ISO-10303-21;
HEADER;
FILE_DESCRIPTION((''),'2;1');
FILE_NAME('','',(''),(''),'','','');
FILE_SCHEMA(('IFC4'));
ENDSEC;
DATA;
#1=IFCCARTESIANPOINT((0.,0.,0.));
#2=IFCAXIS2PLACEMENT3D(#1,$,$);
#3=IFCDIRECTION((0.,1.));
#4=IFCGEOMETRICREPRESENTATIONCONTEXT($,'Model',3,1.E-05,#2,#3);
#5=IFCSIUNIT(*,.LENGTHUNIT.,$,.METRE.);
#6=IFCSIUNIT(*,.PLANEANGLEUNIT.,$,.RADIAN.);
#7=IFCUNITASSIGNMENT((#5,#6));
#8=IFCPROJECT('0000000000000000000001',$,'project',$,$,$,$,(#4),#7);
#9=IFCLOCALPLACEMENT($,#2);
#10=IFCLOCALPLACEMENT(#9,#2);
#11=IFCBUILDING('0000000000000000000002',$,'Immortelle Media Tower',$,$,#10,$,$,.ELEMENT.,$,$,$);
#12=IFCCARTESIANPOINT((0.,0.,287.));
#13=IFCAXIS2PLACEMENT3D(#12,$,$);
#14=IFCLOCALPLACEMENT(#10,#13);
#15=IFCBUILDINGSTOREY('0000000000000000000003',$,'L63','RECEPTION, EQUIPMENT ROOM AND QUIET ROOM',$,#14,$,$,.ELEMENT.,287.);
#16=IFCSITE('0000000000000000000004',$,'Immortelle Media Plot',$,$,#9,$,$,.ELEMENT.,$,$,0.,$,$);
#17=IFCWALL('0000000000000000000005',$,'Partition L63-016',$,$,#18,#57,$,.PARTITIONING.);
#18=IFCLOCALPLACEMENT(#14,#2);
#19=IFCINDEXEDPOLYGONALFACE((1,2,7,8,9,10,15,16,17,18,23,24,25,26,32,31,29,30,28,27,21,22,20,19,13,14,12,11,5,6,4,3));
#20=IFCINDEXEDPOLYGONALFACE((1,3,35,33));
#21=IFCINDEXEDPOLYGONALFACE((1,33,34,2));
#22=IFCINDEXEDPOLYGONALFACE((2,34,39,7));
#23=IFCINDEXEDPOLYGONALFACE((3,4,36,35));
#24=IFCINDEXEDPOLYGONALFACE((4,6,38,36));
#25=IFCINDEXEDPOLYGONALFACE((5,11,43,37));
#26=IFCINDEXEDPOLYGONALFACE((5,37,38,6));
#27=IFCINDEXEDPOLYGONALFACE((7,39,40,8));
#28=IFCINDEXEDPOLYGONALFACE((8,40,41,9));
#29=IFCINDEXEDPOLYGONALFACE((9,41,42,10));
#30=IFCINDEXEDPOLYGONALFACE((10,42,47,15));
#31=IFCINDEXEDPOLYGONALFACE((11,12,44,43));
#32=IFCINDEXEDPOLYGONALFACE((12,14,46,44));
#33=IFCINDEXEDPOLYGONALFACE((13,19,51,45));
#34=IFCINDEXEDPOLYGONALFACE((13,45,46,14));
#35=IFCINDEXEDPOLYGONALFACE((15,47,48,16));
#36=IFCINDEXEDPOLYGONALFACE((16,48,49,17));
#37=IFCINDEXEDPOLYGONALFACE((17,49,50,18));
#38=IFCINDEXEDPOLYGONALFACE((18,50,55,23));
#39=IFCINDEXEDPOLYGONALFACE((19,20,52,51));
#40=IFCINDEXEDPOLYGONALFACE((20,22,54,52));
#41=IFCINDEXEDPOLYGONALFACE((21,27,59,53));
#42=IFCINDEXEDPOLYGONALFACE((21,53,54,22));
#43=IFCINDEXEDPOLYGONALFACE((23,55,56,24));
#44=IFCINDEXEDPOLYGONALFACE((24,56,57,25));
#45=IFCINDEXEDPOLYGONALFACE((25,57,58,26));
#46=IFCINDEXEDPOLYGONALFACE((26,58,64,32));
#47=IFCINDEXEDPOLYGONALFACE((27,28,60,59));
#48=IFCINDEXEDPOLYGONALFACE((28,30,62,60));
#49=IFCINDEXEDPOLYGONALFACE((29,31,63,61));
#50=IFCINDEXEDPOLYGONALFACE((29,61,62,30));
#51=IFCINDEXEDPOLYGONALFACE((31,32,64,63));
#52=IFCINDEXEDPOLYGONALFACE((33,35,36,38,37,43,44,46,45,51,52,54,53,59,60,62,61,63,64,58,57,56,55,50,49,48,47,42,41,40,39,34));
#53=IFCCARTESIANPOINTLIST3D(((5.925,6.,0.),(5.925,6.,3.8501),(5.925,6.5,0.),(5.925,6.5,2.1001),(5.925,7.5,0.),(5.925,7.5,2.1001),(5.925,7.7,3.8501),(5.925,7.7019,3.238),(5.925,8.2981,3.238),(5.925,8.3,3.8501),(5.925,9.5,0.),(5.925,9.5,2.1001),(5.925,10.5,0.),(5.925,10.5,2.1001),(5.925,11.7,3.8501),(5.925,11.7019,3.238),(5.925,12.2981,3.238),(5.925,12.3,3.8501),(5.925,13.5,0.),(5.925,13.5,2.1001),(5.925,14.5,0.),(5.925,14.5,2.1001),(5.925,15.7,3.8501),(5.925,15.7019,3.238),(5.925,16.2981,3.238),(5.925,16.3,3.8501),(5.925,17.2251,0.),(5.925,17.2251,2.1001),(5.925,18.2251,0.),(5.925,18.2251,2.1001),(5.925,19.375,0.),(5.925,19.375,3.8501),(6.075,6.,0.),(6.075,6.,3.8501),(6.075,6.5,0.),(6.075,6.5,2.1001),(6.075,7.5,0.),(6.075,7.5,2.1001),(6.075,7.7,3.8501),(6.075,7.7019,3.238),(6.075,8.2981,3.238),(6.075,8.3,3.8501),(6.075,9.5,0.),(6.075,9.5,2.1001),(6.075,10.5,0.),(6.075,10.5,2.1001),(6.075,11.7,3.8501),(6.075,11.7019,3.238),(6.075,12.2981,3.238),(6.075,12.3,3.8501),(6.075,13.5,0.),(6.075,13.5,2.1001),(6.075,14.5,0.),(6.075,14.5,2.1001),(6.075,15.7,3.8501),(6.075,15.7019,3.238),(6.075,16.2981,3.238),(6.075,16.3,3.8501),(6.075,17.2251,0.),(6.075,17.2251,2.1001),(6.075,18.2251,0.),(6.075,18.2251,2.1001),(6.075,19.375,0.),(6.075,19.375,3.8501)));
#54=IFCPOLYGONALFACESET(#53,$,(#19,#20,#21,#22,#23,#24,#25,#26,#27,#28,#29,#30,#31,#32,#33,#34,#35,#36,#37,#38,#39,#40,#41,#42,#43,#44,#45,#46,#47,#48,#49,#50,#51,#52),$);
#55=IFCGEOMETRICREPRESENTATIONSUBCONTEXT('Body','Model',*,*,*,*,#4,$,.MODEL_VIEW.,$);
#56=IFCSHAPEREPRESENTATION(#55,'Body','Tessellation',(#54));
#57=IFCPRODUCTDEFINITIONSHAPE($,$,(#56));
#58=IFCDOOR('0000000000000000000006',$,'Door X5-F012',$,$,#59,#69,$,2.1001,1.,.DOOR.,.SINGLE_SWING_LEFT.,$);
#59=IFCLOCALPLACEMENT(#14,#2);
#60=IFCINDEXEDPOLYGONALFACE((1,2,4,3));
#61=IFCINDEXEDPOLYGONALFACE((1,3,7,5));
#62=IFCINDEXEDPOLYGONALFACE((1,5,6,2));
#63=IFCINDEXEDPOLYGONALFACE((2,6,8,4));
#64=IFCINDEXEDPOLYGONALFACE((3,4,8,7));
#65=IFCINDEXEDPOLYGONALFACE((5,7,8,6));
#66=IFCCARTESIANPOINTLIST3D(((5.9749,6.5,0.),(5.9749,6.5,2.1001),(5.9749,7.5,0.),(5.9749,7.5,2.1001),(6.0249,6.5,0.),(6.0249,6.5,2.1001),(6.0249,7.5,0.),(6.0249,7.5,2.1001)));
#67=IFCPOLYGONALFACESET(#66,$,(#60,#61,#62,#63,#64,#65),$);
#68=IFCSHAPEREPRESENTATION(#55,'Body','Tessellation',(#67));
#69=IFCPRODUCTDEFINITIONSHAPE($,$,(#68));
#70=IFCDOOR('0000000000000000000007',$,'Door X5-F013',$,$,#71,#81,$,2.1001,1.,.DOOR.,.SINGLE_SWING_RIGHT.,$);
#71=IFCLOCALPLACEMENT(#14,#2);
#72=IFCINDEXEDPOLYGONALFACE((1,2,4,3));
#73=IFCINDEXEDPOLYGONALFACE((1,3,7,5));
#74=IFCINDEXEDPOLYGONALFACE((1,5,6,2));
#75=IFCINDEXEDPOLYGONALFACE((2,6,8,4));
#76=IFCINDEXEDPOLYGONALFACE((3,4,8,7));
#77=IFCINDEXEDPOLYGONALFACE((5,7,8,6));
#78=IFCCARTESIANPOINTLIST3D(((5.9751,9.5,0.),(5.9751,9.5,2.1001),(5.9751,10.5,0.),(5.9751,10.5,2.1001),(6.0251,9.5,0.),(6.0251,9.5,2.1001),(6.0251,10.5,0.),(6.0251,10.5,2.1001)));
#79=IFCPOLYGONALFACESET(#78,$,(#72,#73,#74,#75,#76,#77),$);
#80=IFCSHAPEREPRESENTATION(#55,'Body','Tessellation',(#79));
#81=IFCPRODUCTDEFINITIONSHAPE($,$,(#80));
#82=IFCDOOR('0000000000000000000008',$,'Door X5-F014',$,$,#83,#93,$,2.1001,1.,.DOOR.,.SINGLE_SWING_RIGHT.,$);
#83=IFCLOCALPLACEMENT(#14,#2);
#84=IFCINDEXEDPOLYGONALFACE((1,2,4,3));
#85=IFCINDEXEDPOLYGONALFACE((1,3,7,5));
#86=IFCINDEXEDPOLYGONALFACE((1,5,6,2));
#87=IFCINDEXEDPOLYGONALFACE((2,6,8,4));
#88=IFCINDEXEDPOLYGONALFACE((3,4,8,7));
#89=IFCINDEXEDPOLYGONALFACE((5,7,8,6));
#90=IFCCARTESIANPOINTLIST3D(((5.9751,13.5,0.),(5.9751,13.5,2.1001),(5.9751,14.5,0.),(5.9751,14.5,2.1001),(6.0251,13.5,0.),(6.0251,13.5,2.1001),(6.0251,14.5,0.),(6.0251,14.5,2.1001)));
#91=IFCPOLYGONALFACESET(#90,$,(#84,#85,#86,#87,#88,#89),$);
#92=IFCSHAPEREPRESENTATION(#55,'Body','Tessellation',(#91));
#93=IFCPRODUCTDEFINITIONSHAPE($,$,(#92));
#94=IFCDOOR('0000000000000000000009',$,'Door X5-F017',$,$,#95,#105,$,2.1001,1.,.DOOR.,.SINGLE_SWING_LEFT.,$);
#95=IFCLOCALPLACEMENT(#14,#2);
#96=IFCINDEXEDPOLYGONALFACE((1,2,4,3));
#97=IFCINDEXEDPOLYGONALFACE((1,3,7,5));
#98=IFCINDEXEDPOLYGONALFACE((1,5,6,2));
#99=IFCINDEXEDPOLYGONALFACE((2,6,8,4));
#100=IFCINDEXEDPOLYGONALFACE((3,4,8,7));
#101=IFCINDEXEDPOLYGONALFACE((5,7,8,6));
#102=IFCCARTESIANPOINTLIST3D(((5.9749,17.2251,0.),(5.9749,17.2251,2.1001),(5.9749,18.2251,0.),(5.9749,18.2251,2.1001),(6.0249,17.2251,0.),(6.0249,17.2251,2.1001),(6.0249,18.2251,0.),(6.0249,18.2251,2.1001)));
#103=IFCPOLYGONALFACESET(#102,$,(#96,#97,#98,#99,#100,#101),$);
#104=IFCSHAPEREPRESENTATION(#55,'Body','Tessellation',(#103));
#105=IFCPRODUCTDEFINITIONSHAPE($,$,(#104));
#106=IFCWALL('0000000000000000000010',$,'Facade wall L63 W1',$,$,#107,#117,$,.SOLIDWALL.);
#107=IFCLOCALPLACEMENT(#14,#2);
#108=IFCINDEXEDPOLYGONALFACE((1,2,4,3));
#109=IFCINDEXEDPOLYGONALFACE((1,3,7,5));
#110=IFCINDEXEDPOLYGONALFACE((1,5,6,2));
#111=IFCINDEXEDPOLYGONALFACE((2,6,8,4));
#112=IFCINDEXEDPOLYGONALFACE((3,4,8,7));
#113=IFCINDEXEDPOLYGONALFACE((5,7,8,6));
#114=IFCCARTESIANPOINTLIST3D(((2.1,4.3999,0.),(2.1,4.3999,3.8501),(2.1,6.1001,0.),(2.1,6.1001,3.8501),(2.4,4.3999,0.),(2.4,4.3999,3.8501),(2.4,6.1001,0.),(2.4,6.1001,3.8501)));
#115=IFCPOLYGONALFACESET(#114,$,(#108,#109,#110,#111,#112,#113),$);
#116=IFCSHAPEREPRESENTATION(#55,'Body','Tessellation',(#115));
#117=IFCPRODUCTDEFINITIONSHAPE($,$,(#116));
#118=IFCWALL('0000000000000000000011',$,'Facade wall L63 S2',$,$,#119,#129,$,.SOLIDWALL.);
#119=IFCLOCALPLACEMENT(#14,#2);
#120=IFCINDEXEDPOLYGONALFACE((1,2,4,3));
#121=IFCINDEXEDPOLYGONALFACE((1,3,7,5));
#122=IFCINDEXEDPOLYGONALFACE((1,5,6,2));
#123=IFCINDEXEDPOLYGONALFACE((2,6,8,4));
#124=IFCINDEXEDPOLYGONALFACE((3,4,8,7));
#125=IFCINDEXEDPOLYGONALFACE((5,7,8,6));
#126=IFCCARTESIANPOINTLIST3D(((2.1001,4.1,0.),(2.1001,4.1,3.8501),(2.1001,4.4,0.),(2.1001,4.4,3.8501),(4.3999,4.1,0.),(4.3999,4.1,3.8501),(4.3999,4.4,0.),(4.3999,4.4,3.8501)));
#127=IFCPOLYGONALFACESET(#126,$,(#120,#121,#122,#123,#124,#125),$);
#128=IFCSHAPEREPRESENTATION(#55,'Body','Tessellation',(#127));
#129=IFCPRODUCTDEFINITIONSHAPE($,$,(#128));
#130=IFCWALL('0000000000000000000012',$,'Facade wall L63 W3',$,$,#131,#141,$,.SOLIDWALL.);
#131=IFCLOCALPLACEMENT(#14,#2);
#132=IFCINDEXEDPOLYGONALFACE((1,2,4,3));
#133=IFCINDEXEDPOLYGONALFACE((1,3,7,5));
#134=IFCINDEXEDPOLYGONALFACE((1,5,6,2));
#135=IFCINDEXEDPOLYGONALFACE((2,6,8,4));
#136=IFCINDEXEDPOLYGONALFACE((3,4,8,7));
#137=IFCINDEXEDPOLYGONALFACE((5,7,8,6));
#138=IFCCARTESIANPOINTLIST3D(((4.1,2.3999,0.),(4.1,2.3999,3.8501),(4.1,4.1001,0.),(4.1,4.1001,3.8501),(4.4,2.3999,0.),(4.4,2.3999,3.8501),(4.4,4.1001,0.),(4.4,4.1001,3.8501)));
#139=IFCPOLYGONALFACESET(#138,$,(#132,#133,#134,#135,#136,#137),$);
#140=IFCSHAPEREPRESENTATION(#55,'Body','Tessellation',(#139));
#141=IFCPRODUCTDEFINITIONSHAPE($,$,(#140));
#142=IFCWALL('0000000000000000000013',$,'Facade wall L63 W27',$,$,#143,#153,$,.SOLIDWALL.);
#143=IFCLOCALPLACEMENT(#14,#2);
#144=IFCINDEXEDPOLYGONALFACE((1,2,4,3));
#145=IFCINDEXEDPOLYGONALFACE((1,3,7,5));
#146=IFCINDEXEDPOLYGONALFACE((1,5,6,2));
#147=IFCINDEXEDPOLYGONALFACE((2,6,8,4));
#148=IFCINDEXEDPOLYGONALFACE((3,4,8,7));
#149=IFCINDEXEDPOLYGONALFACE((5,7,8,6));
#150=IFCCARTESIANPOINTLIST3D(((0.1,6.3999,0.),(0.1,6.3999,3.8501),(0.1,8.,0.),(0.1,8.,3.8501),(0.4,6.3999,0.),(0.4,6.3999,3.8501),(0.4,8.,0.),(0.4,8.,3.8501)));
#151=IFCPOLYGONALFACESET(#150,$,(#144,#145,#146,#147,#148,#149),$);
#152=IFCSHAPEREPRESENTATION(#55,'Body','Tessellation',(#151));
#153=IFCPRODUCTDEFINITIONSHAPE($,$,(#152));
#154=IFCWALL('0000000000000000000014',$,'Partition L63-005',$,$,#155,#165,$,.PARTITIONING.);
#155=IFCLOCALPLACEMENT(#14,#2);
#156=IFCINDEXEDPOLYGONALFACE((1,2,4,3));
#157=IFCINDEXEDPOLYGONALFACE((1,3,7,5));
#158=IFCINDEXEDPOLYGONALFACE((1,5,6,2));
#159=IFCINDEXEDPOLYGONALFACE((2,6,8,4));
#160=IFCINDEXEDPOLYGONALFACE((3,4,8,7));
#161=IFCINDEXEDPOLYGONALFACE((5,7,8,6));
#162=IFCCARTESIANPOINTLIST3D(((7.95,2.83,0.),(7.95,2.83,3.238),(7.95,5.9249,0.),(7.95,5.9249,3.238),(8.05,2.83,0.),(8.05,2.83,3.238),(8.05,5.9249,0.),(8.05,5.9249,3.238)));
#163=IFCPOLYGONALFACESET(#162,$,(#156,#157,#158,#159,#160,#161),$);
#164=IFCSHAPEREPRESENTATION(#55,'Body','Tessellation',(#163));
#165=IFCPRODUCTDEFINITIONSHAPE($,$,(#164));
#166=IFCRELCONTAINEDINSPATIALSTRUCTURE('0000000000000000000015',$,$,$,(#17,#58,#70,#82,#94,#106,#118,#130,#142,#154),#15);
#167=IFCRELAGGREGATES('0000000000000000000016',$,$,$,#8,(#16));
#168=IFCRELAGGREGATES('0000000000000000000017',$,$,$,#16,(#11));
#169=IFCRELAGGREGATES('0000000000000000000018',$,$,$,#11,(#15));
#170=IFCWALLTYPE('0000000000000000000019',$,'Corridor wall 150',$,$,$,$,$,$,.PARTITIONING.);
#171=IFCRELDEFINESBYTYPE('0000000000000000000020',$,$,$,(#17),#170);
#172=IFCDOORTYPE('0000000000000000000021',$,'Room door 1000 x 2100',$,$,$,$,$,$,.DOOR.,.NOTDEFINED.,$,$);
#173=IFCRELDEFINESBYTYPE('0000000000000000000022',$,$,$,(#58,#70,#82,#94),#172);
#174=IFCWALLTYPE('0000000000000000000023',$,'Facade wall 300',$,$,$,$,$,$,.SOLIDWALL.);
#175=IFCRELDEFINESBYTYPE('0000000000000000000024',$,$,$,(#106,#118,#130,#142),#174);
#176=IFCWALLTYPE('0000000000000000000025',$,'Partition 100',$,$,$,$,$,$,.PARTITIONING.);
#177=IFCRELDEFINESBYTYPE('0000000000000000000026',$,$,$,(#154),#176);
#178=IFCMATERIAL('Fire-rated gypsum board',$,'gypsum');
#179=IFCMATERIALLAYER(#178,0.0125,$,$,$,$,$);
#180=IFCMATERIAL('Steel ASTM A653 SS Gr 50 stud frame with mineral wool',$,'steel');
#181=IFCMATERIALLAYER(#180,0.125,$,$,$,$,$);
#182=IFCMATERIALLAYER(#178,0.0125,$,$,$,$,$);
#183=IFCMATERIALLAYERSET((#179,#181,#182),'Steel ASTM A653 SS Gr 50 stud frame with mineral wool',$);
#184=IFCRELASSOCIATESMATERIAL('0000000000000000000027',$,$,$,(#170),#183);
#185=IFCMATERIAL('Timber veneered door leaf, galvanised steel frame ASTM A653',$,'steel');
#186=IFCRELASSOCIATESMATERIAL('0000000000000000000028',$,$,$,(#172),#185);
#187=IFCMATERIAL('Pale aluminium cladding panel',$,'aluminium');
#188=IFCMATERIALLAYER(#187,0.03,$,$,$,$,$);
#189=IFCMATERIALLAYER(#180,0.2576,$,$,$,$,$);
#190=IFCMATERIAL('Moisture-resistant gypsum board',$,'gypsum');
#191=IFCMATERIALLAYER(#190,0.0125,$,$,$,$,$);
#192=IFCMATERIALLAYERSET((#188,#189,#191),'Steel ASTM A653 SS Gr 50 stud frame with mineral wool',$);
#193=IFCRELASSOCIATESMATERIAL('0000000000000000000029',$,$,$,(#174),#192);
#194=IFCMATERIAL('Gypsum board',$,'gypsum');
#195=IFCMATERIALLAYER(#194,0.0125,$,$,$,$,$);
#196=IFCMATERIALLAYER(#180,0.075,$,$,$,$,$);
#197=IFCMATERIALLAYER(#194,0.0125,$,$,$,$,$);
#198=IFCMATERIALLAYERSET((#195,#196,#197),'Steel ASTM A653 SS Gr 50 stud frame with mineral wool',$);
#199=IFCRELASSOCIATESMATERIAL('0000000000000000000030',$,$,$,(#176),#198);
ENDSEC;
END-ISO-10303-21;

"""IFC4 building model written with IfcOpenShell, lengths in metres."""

from ifc_helpers import new_model, si_unit, direction, frame, frame_2d, origin, place, context, subcontext, project, spatial, polyline, rectangle, outline, extrude, material, layer, layer_set, type_object, element, fill, save


model = new_model("IFC4")

# Units and contexts
model_context = context("Model", 3, precision=1e-05, world=origin(), true_north=direction((0.0, 1.0)))
body_context = subcontext(model_context, "Body", "Model", "MODEL_VIEW")
ifc_project = project(units=[si_unit("LENGTHUNIT", "METRE"), si_unit("PLANEANGLEUNIT", "RADIAN")], contexts=[model_context])

# Site, building, storey
site_placement = place(None, origin())
site = spatial("IfcSite", under=ifc_project, at=site_placement, Name="Immortelle Media Plot", CompositionType="ELEMENT", RefElevation=0.0)
building_placement = place(site_placement, origin())
building = spatial("IfcBuilding", under=site, at=building_placement, Name="Immortelle Media Tower", CompositionType="ELEMENT")
storey_placement = place(building_placement, frame((0.0, 0.0, 287.0)))
storey = spatial("IfcBuildingStorey", under=building, at=storey_placement, Name="L63", Description="RECEPTION, EQUIPMENT ROOM AND QUIET ROOM", CompositionType="ELEMENT", Elevation=287.0)

# Wall, openings, doors
ifc_material_1 = material(Name="Fire-rated gypsum board", Category="gypsum")
ifc_layer_1 = layer(ifc_material_1, 0.0125)
ifc_material_2 = material(Name="Steel ASTM A653 SS Gr 50 stud frame with mineral wool", Category="steel")
ifc_layer_2 = layer(ifc_material_2, 0.125)
ifc_layer_3 = layer(ifc_material_1, 0.0125)
ifc_layer_set_1 = layer_set([ifc_layer_1, ifc_layer_2, ifc_layer_3], Name="Steel ASTM A653 SS Gr 50 stud frame with mineral wool")
wall_type_1 = type_object("IfcWallType", Name="Corridor wall 150", PredefinedType="PARTITIONING", material=ifc_layer_set_1)
ifc_material_3 = material(Name="Timber veneered door leaf, galvanised steel frame ASTM A653", Category="steel")
door_type = type_object("IfcDoorType", Name="Room door 1000 x 2100", OperationType="NOTDEFINED", PredefinedType="DOOR", material=ifc_material_3)
wall_1_placement = place(storey_placement, frame((6.0, 6.0, 0.0), z_axis=(0.0, 0.0, 1.0), x_axis=(0.0, 1.0, 0.0)))
wall_1 = element("IfcWall", 1, at=wall_1_placement, inside=storey, type_object=wall_type_1, Name="Partition L63-016", PredefinedType="PARTITIONING", context=body_context, shape_type="SweptSolid", body=[
    extrude(outline(polyline([(0.0, 0.0), (13.375, 0.0), (13.375, 3.8501), (10.3, 3.8501), (10.2981, 3.238), (9.7019, 3.238), (9.7, 3.8501), (6.3, 3.8501), (6.2981, 3.238), (5.7019, 3.238), (5.7, 3.8501), (2.3, 3.8501), (2.2981, 3.238), (1.7019, 3.238), (1.7, 3.8501), (0.0, 3.8501), (0.0, 0.0)])), frame((0.0, 0.075, 0.0), z_axis=(0.0, -1.0, 0.0), x_axis=(1.0, 0.0, 0.0)), (0.0, 0.0, 1.0), 0.1499),
])
opening_1_placement = place(wall_1_placement, frame((1.5, 0.0, 0.0), z_axis=(0.0, 0.0, 1.0), x_axis=(-1.0, 0.0, 0.0)))
opening_1 = element("IfcOpeningElement", 2, at=opening_1_placement, cuts=wall_1, PredefinedType="OPENING", context=body_context, shape_type="SweptSolid", body=[
    extrude(rectangle(XDim=1.0, YDim=2.1001, at=frame_2d((0.5, 1.05))), frame((0.0, 0.085, 0.0), z_axis=(0.0, -1.0, 0.0), x_axis=(1.0, 0.0, 0.0)), (0.0, 0.0, 1.0), 0.1699),
])
opening_2_placement = place(wall_1_placement, frame((3.5, 0.0, 0.0)))
opening_2 = element("IfcOpeningElement", 3, at=opening_2_placement, cuts=wall_1, PredefinedType="OPENING", context=body_context, shape_type="SweptSolid", body=[
    extrude(rectangle(XDim=1.0, YDim=2.1001, at=frame_2d((0.5, 1.05))), frame((0.0, 0.085, 0.0), z_axis=(0.0, -1.0, 0.0), x_axis=(1.0, 0.0, 0.0)), (0.0, 0.0, 1.0), 0.1699),
])
opening_3_placement = place(wall_1_placement, frame((7.5, 0.0, 0.0)))
opening_3 = element("IfcOpeningElement", 4, at=opening_3_placement, cuts=wall_1, PredefinedType="OPENING", context=body_context, shape_type="SweptSolid", body=[
    extrude(rectangle(XDim=1.0, YDim=2.1001, at=frame_2d((0.5, 1.05))), frame((0.0, 0.085, 0.0), z_axis=(0.0, -1.0, 0.0), x_axis=(1.0, 0.0, 0.0)), (0.0, 0.0, 1.0), 0.1699),
])
opening_4_placement = place(wall_1_placement, frame((12.2251, 0.0, 0.0), z_axis=(0.0, 0.0, 1.0), x_axis=(-1.0, 0.0, 0.0)))
opening_4 = element("IfcOpeningElement", 5, at=opening_4_placement, cuts=wall_1, PredefinedType="OPENING", context=body_context, shape_type="SweptSolid", body=[
    extrude(rectangle(XDim=1.0, YDim=2.1001, at=frame_2d((0.5, 1.05))), frame((0.0, 0.085, 0.0), z_axis=(0.0, -1.0, 0.0), x_axis=(1.0, 0.0, 0.0)), (0.0, 0.0, 1.0), 0.1699),
])
door_1_placement = place(opening_1_placement, origin())
door_1 = element("IfcDoor", 6, at=door_1_placement, inside=storey, type_object=door_type, Name="Door X5-F012", OperationType="SINGLE_SWING_LEFT", OverallHeight=2.1001, OverallWidth=1.0, PredefinedType="DOOR", context=body_context, shape_type="SweptSolid", body=[
    extrude(rectangle(XDim=1.0, YDim=2.1001, at=frame_2d((0.5, 1.05))), frame((0.0, 0.0249, 0.0), z_axis=(0.0, -1.0, 0.0), x_axis=(1.0, 0.0, 0.0)), (0.0, 0.0, 1.0), 0.05),
])
fill(opening_1, door_1)
door_2_placement = place(opening_2_placement, origin())
door_2 = element("IfcDoor", 7, at=door_2_placement, inside=storey, type_object=door_type, Name="Door X5-F013", OperationType="SINGLE_SWING_RIGHT", OverallHeight=2.1001, OverallWidth=1.0, PredefinedType="DOOR", context=body_context, shape_type="SweptSolid", body=[
    extrude(rectangle(XDim=1.0, YDim=2.1001, at=frame_2d((0.5, 1.05))), frame((0.0, 0.0249, 0.0), z_axis=(0.0, -1.0, 0.0), x_axis=(1.0, 0.0, 0.0)), (0.0, 0.0, 1.0), 0.05),
])
fill(opening_2, door_2)
door_3_placement = place(opening_3_placement, origin())
door_3 = element("IfcDoor", 8, at=door_3_placement, inside=storey, type_object=door_type, Name="Door X5-F014", OperationType="SINGLE_SWING_RIGHT", OverallHeight=2.1001, OverallWidth=1.0, PredefinedType="DOOR", context=body_context, shape_type="SweptSolid", body=[
    extrude(rectangle(XDim=1.0, YDim=2.1001, at=frame_2d((0.5, 1.05))), frame((0.0, 0.0249, 0.0), z_axis=(0.0, -1.0, 0.0), x_axis=(1.0, 0.0, 0.0)), (0.0, 0.0, 1.0), 0.05),
])
fill(opening_3, door_3)
door_4_placement = place(opening_4_placement, origin())
door_4 = element("IfcDoor", 9, at=door_4_placement, inside=storey, type_object=door_type, Name="Door X5-F017", OperationType="SINGLE_SWING_LEFT", OverallHeight=2.1001, OverallWidth=1.0, PredefinedType="DOOR", context=body_context, shape_type="SweptSolid", body=[
    extrude(rectangle(XDim=1.0, YDim=2.1001, at=frame_2d((0.5, 1.05))), frame((0.0, 0.0249, 0.0), z_axis=(0.0, -1.0, 0.0), x_axis=(1.0, 0.0, 0.0)), (0.0, 0.0, 1.0), 0.05),
])
fill(opening_4, door_4)

# Walls
ifc_material_4 = material(Name="Pale aluminium cladding panel", Category="aluminium")
ifc_layer_4 = layer(ifc_material_4, 0.03)
ifc_layer_5 = layer(ifc_material_2, 0.2576)
ifc_material_5 = material(Name="Moisture-resistant gypsum board", Category="gypsum")
ifc_layer_6 = layer(ifc_material_5, 0.0125)
ifc_layer_set_2 = layer_set([ifc_layer_4, ifc_layer_5, ifc_layer_6], Name="Steel ASTM A653 SS Gr 50 stud frame with mineral wool")
wall_type_2 = type_object("IfcWallType", Name="Facade wall 300", PredefinedType="SOLIDWALL", material=ifc_layer_set_2)
wall_2_placement = place(storey_placement, frame((2.25, 6.1001, 0.0), z_axis=(0.0, 0.0, 1.0), x_axis=(0.0, -1.0, 0.0)))
element("IfcWall", 10, at=wall_2_placement, inside=storey, type_object=wall_type_2, Name="Facade wall L63 W1", PredefinedType="SOLIDWALL", context=body_context, shape_type="SweptSolid", body=[
    extrude(rectangle(XDim=1.7002, YDim=0.3, at=frame_2d((0.8501, 0.0))), origin(), (0.0, 0.0, 1.0), 3.8501),
])
wall_3_placement = place(storey_placement, frame((2.1001, 4.25, 0.0), z_axis=(0.0, 0.0, 1.0), x_axis=(1.0, 0.0, 0.0)))
element("IfcWall", 11, at=wall_3_placement, inside=storey, type_object=wall_type_2, Name="Facade wall L63 S2", PredefinedType="SOLIDWALL", context=body_context, shape_type="SweptSolid", body=[
    extrude(rectangle(XDim=2.2998, YDim=0.3, at=frame_2d((1.1499, 0.0))), origin(), (0.0, 0.0, 1.0), 3.8501),
])
wall_4_placement = place(storey_placement, frame((4.25, 4.1001, 0.0), z_axis=(0.0, 0.0, 1.0), x_axis=(0.0, -1.0, 0.0)))
element("IfcWall", 12, at=wall_4_placement, inside=storey, type_object=wall_type_2, Name="Facade wall L63 W3", PredefinedType="SOLIDWALL", context=body_context, shape_type="SweptSolid", body=[
    extrude(rectangle(XDim=1.7002, YDim=0.3, at=frame_2d((0.8501, 0.0))), origin(), (0.0, 0.0, 1.0), 3.8501),
])
wall_5_placement = place(storey_placement, frame((0.25, 8.0, 0.0), z_axis=(0.0, 0.0, 1.0), x_axis=(0.0, -1.0, 0.0)))
element("IfcWall", 13, at=wall_5_placement, inside=storey, type_object=wall_type_2, Name="Facade wall L63 W27", PredefinedType="SOLIDWALL", context=body_context, shape_type="SweptSolid", body=[
    extrude(rectangle(XDim=1.6001, YDim=0.3, at=frame_2d((0.8, 0.0))), origin(), (0.0, 0.0, 1.0), 3.8501),
])
ifc_material_6 = material(Name="Gypsum board", Category="gypsum")
ifc_layer_7 = layer(ifc_material_6, 0.0125)
ifc_layer_8 = layer(ifc_material_2, 0.075)
ifc_layer_9 = layer(ifc_material_6, 0.0125)
ifc_layer_set_3 = layer_set([ifc_layer_7, ifc_layer_8, ifc_layer_9], Name="Steel ASTM A653 SS Gr 50 stud frame with mineral wool")
wall_type_3 = type_object("IfcWallType", Name="Partition 100", PredefinedType="PARTITIONING", material=ifc_layer_set_3)
for number, where, z_axis, x_axis, name in (
    (14, (8.0, 2.8301, 0.0), (0.0, 0.0, 1.0), (0.0, 1.0, 0.0), "Partition L63-005"),
):
    element("IfcWall", number, at=place(storey_placement, frame(where, z_axis=z_axis, x_axis=x_axis)), inside=storey, type_object=wall_type_3, Name=name, PredefinedType="PARTITIONING", context=body_context, shape_type="SweptSolid", body=[
        extrude(rectangle(XDim=3.095, YDim=0.1001, at=frame_2d((1.5474, 0.0))), origin(), (0.0, 0.0, 1.0), 3.238),
    ])

save(model, "model.ifc")
